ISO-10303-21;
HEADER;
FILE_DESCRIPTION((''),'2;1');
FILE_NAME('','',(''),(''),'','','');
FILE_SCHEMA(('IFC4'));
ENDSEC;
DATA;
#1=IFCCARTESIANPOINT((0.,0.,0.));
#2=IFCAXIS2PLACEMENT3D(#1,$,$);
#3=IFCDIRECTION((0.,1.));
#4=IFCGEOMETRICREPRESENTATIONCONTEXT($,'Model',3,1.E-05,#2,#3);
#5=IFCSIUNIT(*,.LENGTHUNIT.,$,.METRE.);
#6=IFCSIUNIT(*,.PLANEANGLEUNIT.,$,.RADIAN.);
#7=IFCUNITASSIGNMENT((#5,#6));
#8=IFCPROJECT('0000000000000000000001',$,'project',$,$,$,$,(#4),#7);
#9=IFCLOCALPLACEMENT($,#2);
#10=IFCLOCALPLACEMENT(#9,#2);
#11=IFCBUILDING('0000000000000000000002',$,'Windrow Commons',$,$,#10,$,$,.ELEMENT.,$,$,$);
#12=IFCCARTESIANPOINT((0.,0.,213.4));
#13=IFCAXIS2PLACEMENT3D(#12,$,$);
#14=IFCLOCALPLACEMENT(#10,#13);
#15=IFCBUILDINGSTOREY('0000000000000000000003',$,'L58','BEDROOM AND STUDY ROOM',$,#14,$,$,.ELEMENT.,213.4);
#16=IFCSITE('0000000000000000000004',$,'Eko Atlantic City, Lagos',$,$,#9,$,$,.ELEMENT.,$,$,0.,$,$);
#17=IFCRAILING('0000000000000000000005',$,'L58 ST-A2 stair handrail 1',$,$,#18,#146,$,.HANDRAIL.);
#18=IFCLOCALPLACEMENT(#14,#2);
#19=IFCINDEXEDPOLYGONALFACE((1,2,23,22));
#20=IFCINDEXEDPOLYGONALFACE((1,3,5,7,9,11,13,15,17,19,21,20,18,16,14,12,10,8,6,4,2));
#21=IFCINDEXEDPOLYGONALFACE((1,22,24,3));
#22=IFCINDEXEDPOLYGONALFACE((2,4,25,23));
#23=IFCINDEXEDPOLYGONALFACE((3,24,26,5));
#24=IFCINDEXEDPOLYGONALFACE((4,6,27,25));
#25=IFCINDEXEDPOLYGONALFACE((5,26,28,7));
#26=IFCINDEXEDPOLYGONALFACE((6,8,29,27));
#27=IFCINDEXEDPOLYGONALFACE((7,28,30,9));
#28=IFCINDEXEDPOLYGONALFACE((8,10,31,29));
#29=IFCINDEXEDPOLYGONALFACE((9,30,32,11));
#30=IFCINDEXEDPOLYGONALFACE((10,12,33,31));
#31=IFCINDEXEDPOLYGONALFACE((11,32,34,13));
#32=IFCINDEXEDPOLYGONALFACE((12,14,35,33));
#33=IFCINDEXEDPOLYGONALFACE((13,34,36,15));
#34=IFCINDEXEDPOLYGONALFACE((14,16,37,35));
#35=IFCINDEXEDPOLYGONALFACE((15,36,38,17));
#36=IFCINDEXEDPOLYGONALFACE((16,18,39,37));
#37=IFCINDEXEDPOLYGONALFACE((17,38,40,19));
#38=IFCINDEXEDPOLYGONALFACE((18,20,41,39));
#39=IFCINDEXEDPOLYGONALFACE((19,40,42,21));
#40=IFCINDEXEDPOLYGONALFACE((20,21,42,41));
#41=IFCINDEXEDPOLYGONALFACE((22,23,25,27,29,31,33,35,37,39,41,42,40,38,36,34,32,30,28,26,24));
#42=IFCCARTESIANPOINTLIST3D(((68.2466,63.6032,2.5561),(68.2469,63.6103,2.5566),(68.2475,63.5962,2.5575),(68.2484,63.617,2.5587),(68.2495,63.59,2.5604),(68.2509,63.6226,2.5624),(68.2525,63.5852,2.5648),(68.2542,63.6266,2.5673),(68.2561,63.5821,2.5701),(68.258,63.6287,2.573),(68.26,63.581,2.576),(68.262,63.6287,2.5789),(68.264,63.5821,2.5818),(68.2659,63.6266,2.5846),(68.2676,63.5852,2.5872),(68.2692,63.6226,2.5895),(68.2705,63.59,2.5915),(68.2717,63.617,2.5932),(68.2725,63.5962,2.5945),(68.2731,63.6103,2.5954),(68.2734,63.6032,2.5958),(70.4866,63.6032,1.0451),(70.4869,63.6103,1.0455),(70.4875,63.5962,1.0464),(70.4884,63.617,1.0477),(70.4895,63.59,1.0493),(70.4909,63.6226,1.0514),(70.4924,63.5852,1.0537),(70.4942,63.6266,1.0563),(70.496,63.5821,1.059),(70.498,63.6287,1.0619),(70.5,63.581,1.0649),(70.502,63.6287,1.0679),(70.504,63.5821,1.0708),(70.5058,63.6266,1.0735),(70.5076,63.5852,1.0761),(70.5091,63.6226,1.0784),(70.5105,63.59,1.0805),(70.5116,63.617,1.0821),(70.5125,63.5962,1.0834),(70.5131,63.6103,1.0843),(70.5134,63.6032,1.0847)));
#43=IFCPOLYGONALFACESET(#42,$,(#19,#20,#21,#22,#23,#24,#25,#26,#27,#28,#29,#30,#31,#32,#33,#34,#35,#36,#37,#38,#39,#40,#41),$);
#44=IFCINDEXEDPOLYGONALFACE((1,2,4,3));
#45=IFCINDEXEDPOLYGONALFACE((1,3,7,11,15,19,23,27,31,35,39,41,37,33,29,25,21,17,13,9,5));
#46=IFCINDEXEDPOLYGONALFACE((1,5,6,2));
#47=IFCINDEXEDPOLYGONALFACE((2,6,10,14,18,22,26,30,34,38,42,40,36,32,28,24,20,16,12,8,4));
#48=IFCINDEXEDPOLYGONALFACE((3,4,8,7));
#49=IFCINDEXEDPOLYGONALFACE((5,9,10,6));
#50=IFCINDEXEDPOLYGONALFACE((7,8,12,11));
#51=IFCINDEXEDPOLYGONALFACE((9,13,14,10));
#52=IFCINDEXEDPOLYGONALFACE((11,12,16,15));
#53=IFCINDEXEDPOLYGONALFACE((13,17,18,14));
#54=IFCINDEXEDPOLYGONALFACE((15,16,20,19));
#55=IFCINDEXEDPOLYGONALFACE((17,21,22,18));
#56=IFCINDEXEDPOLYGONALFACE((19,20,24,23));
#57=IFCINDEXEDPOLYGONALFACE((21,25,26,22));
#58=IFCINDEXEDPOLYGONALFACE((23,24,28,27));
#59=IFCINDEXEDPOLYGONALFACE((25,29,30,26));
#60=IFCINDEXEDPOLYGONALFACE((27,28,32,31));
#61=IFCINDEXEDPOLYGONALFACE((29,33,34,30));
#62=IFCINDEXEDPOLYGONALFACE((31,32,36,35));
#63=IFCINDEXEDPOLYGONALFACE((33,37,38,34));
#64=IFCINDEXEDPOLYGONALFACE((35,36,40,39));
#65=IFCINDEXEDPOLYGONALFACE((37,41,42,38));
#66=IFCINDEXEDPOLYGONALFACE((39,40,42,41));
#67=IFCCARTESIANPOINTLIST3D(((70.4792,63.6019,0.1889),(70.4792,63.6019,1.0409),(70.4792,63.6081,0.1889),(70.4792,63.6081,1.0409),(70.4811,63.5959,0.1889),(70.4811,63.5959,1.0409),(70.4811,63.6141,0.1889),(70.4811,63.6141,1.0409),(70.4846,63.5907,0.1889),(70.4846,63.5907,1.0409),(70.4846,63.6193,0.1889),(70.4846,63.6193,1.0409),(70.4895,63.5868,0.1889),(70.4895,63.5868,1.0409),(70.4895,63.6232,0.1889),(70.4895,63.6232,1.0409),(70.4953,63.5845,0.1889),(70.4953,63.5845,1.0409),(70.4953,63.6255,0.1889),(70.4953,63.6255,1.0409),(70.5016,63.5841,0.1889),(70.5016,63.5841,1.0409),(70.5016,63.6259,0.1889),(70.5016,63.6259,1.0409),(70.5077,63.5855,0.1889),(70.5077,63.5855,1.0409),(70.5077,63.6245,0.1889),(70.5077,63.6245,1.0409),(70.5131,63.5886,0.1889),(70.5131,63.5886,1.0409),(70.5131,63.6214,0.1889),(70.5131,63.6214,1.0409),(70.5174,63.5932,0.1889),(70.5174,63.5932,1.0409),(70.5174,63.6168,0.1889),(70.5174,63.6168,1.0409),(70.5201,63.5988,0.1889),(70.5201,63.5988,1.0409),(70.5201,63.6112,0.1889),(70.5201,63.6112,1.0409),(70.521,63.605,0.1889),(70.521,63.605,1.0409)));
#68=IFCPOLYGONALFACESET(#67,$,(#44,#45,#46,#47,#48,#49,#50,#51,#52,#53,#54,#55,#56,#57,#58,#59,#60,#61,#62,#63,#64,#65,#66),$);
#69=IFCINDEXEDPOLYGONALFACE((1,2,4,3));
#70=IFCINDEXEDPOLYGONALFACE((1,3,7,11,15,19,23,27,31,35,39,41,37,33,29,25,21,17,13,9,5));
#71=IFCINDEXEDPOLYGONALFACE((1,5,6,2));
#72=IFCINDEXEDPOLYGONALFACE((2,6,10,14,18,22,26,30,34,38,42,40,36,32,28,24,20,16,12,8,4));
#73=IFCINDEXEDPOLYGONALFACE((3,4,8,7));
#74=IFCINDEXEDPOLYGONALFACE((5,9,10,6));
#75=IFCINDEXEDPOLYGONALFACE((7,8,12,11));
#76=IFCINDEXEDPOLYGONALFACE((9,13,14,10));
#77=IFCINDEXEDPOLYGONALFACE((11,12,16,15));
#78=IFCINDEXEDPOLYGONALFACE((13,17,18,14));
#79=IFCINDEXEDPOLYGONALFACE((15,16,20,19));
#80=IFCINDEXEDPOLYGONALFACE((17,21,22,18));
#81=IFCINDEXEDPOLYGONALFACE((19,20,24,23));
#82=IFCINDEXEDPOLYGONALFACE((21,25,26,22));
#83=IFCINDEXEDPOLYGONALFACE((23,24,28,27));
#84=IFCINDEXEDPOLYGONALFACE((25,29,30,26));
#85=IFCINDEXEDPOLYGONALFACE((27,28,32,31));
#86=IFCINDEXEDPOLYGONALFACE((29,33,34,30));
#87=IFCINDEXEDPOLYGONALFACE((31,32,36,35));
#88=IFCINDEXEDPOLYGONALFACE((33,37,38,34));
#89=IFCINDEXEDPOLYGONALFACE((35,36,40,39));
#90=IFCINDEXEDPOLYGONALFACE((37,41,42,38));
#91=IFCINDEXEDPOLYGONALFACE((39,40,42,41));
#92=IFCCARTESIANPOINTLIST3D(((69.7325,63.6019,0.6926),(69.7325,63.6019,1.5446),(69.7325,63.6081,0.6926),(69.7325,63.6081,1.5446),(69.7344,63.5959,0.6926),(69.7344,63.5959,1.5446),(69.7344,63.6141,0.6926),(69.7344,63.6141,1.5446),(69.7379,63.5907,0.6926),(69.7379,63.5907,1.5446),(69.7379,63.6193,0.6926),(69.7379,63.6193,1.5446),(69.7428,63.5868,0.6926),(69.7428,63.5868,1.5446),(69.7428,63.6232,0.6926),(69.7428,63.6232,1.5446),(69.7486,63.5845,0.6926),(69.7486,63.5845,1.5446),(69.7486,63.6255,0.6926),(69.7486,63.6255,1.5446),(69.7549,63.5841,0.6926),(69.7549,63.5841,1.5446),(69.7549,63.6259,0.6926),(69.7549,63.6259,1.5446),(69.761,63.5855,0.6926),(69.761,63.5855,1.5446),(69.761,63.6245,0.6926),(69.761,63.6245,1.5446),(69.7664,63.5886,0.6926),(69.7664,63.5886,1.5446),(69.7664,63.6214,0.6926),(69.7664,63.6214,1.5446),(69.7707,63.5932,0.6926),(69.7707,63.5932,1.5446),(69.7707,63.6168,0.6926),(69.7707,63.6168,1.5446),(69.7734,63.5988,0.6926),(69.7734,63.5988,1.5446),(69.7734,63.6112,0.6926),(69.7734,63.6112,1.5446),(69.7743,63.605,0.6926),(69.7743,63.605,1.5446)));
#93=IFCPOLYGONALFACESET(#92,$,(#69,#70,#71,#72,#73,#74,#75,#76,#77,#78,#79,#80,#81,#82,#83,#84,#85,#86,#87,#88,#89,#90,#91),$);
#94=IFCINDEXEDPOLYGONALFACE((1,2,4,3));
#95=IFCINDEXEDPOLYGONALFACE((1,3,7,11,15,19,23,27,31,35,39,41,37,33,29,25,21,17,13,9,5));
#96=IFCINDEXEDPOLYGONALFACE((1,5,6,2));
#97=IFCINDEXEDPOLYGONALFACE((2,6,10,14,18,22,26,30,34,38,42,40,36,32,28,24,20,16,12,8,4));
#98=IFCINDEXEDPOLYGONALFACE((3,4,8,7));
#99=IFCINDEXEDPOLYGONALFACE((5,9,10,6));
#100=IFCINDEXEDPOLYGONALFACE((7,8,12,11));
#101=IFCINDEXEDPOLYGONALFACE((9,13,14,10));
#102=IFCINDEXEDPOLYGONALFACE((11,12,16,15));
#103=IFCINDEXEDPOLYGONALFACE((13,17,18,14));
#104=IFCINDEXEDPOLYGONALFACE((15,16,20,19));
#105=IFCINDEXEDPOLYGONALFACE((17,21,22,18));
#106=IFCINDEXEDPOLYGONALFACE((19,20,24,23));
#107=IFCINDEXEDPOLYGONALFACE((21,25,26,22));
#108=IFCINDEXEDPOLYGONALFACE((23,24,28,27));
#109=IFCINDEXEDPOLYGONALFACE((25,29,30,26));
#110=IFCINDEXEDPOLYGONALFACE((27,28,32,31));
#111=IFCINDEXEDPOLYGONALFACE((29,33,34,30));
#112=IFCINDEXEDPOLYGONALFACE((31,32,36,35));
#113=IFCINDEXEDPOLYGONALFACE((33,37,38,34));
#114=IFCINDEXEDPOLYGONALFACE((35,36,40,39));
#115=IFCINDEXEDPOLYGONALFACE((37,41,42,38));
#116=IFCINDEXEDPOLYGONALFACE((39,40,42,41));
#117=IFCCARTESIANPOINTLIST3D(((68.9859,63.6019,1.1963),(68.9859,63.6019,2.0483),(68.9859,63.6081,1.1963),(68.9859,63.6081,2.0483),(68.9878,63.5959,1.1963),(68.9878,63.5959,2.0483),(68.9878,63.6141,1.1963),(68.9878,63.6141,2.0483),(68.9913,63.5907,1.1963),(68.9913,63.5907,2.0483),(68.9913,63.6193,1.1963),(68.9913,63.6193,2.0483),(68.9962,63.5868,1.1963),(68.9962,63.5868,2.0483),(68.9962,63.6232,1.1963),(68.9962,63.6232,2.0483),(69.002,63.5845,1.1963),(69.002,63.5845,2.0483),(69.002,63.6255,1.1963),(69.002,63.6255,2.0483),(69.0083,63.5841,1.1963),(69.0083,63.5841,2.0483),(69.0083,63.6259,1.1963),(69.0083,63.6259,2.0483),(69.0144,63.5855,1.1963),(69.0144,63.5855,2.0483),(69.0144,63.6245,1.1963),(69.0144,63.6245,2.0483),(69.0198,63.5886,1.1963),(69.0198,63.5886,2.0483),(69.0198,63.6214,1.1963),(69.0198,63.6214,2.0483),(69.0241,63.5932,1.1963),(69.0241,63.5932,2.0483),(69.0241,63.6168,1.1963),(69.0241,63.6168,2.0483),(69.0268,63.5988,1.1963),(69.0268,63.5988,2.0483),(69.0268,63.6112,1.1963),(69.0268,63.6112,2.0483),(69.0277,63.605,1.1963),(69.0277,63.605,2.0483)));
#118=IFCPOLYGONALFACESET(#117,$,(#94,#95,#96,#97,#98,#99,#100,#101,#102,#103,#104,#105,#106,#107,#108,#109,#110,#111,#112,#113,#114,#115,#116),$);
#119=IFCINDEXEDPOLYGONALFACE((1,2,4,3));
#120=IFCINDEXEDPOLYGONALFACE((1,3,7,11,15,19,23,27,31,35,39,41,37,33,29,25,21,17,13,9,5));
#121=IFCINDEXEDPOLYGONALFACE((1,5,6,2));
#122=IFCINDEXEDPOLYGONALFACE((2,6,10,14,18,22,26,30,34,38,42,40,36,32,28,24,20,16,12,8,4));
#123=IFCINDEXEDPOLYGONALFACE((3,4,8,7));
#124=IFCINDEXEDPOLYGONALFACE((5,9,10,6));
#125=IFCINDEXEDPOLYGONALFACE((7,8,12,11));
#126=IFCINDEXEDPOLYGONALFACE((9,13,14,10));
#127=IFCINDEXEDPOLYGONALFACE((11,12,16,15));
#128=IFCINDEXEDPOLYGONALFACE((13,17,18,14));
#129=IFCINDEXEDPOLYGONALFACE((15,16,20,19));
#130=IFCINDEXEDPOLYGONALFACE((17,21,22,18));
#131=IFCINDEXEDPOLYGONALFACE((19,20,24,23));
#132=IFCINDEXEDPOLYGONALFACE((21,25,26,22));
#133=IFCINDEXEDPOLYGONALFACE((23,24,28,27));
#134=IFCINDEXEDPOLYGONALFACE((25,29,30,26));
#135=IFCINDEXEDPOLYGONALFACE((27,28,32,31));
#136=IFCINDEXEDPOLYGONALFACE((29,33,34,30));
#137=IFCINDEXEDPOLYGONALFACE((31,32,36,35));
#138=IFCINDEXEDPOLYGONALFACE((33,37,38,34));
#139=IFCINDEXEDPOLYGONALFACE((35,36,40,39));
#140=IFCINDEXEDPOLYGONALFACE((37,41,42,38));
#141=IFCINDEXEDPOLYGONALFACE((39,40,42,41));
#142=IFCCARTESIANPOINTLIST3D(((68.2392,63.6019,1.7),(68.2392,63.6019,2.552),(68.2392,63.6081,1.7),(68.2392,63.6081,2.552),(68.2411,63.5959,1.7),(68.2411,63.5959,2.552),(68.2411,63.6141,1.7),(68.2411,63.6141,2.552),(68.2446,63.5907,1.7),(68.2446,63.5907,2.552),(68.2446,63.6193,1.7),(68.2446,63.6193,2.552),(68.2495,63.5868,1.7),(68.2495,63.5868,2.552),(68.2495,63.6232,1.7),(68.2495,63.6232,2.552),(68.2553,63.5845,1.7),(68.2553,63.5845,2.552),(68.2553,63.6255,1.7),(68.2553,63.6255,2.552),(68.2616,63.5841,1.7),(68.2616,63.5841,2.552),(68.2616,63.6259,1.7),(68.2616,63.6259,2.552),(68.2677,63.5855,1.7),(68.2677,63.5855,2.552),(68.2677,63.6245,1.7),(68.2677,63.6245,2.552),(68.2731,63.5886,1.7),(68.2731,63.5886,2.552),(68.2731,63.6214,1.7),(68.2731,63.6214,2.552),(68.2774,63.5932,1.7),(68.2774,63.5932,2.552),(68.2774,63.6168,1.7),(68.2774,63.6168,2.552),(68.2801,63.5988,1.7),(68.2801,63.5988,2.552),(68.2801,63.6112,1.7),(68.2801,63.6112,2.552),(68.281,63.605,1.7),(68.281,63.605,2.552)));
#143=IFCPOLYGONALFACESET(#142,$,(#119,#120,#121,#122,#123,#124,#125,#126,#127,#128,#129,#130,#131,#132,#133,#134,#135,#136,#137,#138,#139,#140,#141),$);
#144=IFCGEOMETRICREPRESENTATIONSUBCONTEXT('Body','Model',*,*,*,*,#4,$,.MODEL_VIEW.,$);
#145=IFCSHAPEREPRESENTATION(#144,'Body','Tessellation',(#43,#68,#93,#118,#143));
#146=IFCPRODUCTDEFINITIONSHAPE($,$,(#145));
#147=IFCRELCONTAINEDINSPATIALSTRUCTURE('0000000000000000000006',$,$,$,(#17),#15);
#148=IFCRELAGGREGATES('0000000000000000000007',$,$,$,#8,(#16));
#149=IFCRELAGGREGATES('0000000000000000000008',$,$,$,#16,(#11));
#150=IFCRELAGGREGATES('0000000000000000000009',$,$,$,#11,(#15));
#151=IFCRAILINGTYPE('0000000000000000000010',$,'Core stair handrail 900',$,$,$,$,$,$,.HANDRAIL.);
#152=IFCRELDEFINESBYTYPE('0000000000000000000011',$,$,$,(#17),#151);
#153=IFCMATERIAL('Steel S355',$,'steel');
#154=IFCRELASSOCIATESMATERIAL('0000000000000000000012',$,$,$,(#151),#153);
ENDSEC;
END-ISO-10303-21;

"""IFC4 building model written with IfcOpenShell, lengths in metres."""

from ifc_helpers import new_model, si_unit, direction, frame, origin, origin_2d, place, context, subcontext, project, spatial, circle, extrude, material, type_object, element, save


model = new_model("IFC4")

# Units and contexts
model_context = context("Model", 3, precision=1e-05, world=origin(), true_north=direction((0.0, 1.0)))
body_context = subcontext(model_context, "Body", "Model", "MODEL_VIEW")
ifc_project = project(units=[si_unit("LENGTHUNIT", "METRE"), si_unit("PLANEANGLEUNIT", "RADIAN")], contexts=[model_context])

# Site, building, storey
site_placement = place(None, origin())
site = spatial("IfcSite", under=ifc_project, at=site_placement, Name="Eko Atlantic City, Lagos", CompositionType="ELEMENT", RefElevation=0.0)
building_placement = place(site_placement, origin())
building = spatial("IfcBuilding", under=site, at=building_placement, Name="Windrow Commons", CompositionType="ELEMENT")
storey_placement = place(building_placement, frame((0.0, 0.0, 213.4)))
storey = spatial("IfcBuildingStorey", under=building, at=storey_placement, Name="L58", Description="BEDROOM AND STUDY ROOM", CompositionType="ELEMENT", Elevation=213.4)

# Railing
ifc_material_1 = material(Name="Steel S355", Category="steel")
railing_type_1 = type_object("IfcRailingType", Name="Core stair handrail 900", PredefinedType="HANDRAIL", material=ifc_material_1)
railing_1_placement = place(storey_placement, frame((70.5, 63.605, 0.1889)))
element("IfcRailing", 1, at=railing_1_placement, inside=storey, type_object=railing_type_1, Name="L58 ST-A2 stair handrail 1", PredefinedType="HANDRAIL", context=body_context, shape_type="SweptSolid", body=[
    extrude(circle(Radius=0.024, at=origin_2d()), frame((0.0, 0.0, 0.876), z_axis=(-0.829003, 0.0, 0.559244), x_axis=(0.0, -1.0, 0.0)), (0.0, 0.0, 1.0), 2.702),
    extrude(circle(Radius=0.021, at=origin_2d()), origin(), (0.0, 0.0, 1.0), 0.852),
    extrude(circle(Radius=0.021, at=origin_2d()), frame((-0.7467, 0.0, 0.5037)), (0.0, 0.0, 1.0), 0.852),
    extrude(circle(Radius=0.021, at=origin_2d()), frame((-1.4933, 0.0, 1.0074)), (0.0, 0.0, 1.0), 0.852),
    extrude(circle(Radius=0.021, at=origin_2d()), frame((-2.24, 0.0, 1.5111)), (0.0, 0.0, 1.0), 0.852),
])

save(model, "model.ifc")
